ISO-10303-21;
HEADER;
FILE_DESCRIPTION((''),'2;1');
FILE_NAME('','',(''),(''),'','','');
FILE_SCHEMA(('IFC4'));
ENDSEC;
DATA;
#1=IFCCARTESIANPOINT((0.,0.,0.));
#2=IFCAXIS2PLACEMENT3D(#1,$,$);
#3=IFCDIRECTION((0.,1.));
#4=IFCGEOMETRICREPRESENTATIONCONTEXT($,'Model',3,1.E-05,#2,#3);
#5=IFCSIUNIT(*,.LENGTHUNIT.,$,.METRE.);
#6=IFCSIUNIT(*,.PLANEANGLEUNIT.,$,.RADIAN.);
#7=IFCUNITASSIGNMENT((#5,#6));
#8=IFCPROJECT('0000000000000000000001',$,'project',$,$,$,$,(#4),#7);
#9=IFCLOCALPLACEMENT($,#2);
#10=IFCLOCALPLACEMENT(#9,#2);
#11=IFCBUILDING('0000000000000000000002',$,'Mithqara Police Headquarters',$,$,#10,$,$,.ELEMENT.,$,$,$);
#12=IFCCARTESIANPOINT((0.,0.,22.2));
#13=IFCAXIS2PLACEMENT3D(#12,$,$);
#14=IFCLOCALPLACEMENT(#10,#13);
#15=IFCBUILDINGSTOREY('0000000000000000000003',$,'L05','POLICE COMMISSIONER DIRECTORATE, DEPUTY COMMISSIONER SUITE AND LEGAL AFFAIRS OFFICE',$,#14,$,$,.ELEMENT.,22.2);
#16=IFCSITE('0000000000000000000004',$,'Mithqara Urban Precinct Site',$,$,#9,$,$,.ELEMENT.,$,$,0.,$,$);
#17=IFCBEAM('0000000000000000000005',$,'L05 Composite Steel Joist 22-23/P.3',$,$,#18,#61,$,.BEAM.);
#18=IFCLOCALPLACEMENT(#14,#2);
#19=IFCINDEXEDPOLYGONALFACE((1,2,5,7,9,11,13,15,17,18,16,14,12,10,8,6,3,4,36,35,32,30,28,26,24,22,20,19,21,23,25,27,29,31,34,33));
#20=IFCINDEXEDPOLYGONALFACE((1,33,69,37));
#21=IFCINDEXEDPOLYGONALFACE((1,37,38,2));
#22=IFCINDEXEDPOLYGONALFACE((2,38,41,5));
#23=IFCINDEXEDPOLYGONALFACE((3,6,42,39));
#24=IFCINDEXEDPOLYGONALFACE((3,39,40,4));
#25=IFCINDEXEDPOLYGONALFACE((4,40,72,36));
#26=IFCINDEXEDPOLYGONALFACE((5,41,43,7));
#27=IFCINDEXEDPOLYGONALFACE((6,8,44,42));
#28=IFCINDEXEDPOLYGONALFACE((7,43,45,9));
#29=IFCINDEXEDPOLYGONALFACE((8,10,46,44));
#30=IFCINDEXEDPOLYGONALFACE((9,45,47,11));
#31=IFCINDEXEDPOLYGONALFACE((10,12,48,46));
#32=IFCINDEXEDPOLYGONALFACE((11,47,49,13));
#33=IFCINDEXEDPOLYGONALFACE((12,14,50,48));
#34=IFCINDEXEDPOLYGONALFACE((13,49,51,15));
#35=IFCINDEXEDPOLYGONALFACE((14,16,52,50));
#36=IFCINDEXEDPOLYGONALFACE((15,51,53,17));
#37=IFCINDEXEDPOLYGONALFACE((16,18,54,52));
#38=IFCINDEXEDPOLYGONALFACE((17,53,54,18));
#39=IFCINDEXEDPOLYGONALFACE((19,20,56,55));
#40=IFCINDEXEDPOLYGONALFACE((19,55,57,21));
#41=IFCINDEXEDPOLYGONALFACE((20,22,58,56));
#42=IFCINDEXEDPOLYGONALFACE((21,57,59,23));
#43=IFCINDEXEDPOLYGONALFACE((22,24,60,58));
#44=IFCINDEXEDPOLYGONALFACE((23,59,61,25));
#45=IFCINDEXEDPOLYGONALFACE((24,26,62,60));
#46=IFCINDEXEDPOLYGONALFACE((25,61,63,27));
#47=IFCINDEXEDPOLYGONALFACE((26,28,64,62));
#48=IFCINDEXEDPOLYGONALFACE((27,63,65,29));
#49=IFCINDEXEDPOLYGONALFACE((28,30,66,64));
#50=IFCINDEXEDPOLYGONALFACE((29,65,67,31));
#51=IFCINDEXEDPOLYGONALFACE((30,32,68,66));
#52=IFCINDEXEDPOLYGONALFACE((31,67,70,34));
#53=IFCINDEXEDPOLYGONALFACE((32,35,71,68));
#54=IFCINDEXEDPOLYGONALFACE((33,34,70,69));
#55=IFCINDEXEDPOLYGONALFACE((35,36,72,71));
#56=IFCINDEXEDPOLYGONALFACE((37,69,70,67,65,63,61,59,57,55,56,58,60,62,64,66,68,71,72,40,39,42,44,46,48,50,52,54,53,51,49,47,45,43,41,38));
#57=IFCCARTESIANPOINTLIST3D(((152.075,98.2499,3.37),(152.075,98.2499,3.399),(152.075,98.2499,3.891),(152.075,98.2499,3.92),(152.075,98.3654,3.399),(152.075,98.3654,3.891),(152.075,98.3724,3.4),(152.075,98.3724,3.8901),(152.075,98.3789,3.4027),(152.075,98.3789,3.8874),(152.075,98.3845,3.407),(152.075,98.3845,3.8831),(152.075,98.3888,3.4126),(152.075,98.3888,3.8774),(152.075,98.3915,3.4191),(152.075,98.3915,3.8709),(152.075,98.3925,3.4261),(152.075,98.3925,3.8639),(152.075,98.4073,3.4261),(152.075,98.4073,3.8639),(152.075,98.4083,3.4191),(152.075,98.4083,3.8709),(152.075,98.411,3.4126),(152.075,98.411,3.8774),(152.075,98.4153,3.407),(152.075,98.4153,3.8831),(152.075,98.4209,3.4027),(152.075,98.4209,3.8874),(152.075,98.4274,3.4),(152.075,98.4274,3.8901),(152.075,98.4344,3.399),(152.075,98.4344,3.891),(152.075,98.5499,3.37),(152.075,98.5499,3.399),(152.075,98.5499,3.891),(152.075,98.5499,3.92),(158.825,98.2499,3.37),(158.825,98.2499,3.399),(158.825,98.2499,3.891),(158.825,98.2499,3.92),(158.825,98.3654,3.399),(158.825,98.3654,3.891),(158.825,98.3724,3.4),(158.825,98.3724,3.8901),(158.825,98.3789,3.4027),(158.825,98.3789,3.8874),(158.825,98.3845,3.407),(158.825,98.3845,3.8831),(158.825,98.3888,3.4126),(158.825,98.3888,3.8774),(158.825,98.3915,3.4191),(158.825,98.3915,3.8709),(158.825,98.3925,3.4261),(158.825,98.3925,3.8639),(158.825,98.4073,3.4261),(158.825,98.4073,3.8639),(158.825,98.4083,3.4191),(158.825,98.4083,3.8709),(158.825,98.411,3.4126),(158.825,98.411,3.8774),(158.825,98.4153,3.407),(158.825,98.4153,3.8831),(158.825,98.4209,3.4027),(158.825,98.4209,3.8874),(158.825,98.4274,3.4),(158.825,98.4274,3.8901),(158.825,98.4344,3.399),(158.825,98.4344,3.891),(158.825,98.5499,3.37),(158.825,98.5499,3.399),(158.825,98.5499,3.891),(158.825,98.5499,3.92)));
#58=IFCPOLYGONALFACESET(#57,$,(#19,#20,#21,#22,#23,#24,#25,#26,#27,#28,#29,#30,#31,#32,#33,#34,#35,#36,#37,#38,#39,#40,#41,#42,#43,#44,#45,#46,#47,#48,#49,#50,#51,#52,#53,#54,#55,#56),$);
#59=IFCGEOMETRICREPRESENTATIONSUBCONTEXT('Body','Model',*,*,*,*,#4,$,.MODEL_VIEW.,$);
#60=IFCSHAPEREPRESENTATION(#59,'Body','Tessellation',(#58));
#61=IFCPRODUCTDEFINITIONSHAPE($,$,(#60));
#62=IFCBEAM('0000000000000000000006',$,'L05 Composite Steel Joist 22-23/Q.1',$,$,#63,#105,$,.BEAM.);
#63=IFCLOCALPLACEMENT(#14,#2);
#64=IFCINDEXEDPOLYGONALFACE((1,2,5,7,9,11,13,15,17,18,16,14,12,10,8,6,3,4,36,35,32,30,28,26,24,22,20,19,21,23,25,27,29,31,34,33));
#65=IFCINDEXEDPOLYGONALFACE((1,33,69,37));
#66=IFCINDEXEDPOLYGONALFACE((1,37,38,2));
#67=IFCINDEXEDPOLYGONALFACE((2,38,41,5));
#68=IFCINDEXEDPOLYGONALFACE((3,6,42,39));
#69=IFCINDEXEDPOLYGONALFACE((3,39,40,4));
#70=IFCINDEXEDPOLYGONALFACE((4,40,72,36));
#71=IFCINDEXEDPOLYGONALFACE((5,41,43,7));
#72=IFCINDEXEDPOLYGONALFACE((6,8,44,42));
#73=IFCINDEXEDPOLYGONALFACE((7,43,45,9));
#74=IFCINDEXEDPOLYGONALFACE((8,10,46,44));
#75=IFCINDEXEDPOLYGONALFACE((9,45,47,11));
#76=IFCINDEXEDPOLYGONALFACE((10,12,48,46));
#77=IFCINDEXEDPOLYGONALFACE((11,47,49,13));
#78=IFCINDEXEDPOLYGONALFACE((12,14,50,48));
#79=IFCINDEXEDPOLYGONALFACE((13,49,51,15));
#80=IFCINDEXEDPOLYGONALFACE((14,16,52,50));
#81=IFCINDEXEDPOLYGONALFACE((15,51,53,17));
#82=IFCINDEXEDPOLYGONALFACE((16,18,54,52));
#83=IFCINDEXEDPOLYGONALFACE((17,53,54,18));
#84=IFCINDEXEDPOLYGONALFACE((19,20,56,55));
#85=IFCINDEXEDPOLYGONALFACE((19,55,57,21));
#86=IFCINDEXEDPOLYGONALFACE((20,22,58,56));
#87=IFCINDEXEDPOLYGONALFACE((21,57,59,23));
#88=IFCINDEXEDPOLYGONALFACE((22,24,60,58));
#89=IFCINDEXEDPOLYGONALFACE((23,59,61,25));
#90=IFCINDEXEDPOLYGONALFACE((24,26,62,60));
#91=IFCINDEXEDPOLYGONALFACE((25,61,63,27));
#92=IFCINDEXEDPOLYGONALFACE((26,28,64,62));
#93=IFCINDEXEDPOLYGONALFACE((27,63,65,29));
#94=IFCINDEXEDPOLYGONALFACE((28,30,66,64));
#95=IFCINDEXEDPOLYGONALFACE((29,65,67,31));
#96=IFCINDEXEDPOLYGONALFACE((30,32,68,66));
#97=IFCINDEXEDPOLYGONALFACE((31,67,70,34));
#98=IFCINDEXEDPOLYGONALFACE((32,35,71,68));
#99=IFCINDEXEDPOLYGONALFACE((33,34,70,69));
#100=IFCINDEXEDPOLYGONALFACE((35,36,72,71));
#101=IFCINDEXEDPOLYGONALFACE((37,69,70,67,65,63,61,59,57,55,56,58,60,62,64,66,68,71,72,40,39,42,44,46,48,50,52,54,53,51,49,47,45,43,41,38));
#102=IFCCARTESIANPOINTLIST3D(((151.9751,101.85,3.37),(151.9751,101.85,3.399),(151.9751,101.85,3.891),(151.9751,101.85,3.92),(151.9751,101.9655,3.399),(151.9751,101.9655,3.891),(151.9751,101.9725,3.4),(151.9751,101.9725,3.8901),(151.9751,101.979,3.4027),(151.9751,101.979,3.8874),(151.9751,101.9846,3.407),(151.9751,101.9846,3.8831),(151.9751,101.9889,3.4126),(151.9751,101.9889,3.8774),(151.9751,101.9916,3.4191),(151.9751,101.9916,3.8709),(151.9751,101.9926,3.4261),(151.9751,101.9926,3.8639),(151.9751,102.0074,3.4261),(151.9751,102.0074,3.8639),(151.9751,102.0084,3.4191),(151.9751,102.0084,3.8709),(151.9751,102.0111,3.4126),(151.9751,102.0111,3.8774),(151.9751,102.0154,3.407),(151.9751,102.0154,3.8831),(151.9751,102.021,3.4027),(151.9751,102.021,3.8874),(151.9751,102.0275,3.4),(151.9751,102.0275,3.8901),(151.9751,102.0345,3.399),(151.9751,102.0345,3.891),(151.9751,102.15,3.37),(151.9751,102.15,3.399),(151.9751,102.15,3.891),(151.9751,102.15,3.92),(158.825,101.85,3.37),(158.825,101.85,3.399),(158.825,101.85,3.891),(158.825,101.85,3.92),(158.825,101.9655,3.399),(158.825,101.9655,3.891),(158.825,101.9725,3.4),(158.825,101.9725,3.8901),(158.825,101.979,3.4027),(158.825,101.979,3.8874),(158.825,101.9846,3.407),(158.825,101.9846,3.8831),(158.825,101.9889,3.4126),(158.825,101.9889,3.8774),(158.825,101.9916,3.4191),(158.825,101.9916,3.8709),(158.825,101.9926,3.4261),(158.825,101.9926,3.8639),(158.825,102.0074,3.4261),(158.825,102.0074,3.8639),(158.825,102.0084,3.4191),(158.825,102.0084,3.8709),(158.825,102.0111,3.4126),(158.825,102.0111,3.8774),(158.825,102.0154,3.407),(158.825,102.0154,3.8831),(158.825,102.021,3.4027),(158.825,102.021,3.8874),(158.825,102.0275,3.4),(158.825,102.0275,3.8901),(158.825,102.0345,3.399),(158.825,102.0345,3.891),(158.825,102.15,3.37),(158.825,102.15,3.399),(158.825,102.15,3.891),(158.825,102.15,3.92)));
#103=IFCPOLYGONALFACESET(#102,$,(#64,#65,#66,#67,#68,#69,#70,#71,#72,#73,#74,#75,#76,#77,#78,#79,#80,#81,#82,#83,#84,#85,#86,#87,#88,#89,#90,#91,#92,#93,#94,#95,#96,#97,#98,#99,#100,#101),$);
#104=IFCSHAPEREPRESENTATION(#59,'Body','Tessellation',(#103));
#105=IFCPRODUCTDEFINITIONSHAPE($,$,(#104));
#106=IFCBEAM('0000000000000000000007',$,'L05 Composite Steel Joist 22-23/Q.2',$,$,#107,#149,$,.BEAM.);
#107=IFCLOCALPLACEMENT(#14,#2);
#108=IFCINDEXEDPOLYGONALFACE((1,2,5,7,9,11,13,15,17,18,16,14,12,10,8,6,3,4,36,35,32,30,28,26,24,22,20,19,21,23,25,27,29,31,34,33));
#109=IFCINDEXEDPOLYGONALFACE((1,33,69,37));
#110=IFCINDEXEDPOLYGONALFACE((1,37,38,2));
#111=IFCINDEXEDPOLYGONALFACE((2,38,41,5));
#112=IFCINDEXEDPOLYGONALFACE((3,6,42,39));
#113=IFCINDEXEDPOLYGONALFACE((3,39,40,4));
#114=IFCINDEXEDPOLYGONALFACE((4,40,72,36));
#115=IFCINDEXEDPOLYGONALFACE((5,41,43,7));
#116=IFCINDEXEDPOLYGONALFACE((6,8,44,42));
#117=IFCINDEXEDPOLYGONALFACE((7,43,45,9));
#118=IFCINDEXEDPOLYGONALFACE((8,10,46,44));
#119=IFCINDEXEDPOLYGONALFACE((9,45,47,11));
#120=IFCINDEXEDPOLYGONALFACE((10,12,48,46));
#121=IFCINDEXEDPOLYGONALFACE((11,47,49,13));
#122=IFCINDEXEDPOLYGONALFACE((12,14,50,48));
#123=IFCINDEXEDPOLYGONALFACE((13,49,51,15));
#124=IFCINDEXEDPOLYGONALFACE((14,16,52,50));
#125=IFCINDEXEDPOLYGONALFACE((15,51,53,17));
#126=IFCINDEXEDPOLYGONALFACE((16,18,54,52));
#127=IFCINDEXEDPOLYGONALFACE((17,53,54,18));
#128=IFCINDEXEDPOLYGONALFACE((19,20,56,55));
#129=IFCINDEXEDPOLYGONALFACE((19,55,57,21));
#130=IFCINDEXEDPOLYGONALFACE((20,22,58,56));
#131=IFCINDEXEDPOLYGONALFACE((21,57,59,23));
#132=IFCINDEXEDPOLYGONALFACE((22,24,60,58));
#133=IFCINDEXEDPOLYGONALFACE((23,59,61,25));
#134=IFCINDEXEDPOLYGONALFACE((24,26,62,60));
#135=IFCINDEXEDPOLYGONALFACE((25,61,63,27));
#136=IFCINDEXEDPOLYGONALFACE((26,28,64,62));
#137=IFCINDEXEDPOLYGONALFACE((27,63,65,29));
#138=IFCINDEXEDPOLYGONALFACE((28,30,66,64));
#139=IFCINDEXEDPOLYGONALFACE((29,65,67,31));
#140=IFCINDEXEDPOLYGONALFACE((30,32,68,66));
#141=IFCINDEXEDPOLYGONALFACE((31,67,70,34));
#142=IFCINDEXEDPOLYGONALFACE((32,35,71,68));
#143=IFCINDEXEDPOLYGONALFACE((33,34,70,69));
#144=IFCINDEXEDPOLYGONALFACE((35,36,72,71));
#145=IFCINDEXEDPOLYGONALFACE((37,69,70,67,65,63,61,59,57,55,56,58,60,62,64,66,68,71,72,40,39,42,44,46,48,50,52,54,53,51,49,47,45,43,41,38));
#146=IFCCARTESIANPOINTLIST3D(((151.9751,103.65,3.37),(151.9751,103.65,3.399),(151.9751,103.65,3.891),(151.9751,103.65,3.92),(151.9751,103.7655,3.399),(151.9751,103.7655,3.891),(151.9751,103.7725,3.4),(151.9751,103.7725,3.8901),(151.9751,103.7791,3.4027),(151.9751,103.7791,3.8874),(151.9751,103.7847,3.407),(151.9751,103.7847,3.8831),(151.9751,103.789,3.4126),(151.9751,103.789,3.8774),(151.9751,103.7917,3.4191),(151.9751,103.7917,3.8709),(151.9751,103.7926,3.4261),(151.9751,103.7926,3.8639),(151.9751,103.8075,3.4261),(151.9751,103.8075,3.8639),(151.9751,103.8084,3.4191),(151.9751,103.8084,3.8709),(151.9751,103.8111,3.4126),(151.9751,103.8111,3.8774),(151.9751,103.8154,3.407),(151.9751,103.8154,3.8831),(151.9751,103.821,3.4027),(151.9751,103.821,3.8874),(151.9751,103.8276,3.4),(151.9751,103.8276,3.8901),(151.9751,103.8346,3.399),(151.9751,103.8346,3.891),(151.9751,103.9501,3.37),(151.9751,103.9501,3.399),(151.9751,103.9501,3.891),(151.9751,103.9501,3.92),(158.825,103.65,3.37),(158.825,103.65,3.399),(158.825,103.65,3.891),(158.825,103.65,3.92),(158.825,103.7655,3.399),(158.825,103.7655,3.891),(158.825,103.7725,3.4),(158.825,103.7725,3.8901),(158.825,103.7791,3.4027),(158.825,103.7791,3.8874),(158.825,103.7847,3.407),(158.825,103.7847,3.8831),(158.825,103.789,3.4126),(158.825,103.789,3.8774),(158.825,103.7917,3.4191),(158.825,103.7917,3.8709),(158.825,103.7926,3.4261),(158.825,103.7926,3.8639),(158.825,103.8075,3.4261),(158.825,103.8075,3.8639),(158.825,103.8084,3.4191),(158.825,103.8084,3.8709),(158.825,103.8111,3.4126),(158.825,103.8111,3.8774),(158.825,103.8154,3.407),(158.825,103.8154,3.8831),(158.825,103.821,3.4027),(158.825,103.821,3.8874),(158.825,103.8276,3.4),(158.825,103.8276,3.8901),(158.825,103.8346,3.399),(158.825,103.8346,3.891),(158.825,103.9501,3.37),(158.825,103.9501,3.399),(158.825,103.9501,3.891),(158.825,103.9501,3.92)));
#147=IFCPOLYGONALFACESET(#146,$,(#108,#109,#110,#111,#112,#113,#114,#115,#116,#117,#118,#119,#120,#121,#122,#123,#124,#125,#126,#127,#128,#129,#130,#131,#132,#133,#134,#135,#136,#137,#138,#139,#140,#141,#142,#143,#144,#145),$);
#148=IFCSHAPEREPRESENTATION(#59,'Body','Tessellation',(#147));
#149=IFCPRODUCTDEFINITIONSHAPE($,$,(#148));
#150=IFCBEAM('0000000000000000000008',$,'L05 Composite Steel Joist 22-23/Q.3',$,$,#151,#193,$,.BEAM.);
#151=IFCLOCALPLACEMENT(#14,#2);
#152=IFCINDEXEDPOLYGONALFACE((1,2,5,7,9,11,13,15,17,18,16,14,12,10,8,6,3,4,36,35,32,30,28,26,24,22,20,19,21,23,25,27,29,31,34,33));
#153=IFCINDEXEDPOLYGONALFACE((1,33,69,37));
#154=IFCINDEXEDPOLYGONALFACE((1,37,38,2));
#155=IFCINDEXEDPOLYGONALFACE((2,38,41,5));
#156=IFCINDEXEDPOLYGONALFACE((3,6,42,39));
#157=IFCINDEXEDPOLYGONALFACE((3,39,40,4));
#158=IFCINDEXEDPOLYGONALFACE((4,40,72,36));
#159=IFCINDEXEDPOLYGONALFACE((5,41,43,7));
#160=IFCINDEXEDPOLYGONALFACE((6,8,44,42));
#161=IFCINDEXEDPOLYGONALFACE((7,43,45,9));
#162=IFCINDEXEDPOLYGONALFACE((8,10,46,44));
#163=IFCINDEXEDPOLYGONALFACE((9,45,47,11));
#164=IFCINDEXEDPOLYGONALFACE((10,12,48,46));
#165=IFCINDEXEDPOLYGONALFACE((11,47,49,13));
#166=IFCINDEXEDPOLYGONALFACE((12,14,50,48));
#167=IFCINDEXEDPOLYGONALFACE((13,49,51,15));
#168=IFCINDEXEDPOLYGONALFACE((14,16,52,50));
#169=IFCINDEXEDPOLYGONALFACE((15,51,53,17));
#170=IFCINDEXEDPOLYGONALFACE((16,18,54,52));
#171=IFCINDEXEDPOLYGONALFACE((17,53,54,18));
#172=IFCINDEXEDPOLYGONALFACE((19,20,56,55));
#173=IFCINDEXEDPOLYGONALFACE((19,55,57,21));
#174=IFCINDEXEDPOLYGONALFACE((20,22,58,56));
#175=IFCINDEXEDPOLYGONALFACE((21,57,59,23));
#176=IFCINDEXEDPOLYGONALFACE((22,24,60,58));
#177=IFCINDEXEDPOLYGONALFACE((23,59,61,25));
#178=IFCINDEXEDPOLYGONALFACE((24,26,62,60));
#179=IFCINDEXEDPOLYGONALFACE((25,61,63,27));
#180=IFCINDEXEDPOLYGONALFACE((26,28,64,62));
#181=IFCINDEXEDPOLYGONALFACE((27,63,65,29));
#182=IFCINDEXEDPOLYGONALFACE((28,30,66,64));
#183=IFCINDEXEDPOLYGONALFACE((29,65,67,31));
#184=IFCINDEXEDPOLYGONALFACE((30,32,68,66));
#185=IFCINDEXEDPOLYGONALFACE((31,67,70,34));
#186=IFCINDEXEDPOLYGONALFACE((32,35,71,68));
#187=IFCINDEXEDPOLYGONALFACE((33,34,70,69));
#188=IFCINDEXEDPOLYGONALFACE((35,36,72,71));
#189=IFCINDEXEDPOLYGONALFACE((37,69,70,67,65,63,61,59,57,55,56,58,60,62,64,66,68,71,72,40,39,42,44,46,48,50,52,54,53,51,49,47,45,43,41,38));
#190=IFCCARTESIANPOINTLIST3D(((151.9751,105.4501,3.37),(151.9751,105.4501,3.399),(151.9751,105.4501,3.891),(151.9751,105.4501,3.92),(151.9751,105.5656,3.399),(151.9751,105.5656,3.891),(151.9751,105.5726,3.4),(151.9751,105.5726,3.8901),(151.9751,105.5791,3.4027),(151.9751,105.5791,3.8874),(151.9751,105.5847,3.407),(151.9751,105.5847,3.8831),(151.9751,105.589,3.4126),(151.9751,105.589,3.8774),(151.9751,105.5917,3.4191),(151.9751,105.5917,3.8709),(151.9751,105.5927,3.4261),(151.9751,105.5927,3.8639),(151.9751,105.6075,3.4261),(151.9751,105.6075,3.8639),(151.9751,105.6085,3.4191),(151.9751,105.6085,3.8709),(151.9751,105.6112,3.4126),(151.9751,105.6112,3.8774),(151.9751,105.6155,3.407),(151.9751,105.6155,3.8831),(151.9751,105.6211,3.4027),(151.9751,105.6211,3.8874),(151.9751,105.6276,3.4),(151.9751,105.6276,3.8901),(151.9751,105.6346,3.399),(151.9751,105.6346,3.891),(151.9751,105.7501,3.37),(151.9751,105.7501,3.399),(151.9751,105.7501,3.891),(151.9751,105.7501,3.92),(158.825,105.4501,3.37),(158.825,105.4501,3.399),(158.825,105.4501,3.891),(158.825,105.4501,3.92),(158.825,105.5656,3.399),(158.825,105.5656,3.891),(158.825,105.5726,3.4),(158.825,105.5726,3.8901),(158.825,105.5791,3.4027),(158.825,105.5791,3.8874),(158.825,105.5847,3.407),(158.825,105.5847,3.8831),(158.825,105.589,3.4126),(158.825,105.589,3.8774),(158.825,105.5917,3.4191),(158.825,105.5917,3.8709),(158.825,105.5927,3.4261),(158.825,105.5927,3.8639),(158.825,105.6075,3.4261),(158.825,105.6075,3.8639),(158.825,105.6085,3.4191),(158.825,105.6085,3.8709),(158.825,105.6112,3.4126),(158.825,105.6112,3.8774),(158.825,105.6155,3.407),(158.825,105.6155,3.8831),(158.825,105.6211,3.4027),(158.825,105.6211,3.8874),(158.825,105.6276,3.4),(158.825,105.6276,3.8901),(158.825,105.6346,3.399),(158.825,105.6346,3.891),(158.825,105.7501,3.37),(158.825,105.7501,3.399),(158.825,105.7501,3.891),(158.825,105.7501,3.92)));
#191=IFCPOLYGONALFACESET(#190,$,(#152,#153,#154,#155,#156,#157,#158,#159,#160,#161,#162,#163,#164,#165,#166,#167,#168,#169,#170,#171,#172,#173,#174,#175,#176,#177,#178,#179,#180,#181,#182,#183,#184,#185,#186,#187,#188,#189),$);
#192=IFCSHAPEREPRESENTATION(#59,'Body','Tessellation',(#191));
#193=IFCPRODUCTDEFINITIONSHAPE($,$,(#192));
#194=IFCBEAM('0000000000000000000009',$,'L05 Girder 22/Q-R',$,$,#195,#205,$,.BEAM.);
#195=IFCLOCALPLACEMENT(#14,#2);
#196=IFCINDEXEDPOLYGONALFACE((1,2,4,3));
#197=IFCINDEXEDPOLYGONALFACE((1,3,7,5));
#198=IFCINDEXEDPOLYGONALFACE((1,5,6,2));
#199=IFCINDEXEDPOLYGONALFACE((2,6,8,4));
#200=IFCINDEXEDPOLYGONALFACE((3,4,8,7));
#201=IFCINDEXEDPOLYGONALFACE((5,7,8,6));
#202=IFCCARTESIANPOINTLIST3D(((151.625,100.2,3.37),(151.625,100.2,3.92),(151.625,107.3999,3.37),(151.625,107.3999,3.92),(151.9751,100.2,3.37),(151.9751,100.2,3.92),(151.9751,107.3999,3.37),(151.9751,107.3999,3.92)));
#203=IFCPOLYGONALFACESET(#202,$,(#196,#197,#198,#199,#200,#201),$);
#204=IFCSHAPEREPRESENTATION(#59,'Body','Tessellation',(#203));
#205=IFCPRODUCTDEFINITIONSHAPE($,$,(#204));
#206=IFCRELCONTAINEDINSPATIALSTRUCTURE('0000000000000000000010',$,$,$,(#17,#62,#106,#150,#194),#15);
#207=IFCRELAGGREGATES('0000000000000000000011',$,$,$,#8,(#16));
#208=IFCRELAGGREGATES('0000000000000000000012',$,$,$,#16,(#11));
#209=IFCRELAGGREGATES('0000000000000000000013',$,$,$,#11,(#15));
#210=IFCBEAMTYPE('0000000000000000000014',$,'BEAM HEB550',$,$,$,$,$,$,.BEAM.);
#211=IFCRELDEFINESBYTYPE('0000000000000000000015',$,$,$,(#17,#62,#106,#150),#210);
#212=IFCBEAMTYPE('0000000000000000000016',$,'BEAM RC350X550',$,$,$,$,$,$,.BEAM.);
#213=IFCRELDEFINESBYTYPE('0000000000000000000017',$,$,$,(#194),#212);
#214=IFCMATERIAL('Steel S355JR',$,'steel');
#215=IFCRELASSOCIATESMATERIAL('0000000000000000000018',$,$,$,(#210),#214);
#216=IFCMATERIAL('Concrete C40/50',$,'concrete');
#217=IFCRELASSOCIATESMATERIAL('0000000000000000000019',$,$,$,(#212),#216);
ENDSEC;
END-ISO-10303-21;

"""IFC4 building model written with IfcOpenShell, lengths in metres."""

from ifc_helpers import new_model, si_unit, direction, frame, origin, origin_2d, place, context, subcontext, project, spatial, rectangle, i_section, extrude, material, material_profile, profile_set, type_object, element, save


model = new_model("IFC4")

# Units and contexts
model_context = context("Model", 3, precision=1e-05, world=origin(), true_north=direction((0.0, 1.0)))
body_context = subcontext(model_context, "Body", "Model", "MODEL_VIEW")
ifc_project = project(units=[si_unit("LENGTHUNIT", "METRE"), si_unit("PLANEANGLEUNIT", "RADIAN")], contexts=[model_context])

# Site, building, storey
site_placement = place(None, origin())
site = spatial("IfcSite", under=ifc_project, at=site_placement, Name="Mithqara Urban Precinct Site", CompositionType="ELEMENT", RefElevation=0.0)
building_placement = place(site_placement, origin())
building = spatial("IfcBuilding", under=site, at=building_placement, Name="Mithqara Police Headquarters", CompositionType="ELEMENT")
storey_placement = place(building_placement, frame((0.0, 0.0, 22.2)))
storey = spatial("IfcBuildingStorey", under=building, at=storey_placement, Name="L05", Description="POLICE COMMISSIONER DIRECTORATE, DEPUTY COMMISSIONER SUITE AND LEGAL AFFAIRS OFFICE", CompositionType="ELEMENT", Elevation=22.2)

# Beams
ifc_material_1 = material(Name="Steel S355JR", Category="steel")
ifc_material_profile_1 = material_profile(ifc_material_1, i_section(OverallWidth=0.3, OverallDepth=0.55, WebThickness=0.0149, FlangeThickness=0.0291, FilletRadius=0.0271, at=origin_2d()), Name="HEB 550")
ifc_profile_set_1 = profile_set([ifc_material_profile_1], Name="Steel S355JR")
beam_type_1 = type_object("IfcBeamType", Name="BEAM HEB550", PredefinedType="BEAM", material=ifc_profile_set_1)
for number, where, z_axis, x_axis, name in (
    (1, (152.075, 98.3999, 3.645), (1.0, 0.0, 0.0), (0.0, 1.0, 0.0), "L05 Composite Steel Joist 22-23/P.3"),
):
    element("IfcBeam", number, at=place(storey_placement, frame(where, z_axis=z_axis, x_axis=x_axis)), inside=storey, type_object=beam_type_1, Name=name, PredefinedType="BEAM", context=body_context, shape_type="SweptSolid", body=[
        extrude(i_section(OverallWidth=0.3, OverallDepth=0.55, WebThickness=0.0149, FlangeThickness=0.0291, FilletRadius=0.0271, at=origin_2d()), origin(), (0.0, 0.0, 1.0), 6.75),
    ])
for number, where, z_axis, x_axis, name in (
    (2, (151.9751, 102.0, 3.645), (1.0, 0.0, 0.0), (0.0, 1.0, 0.0), "L05 Composite Steel Joist 22-23/Q.1"),
    (3, (151.9751, 103.8, 3.645), (1.0, 0.0, 0.0), (0.0, 1.0, 0.0), "L05 Composite Steel Joist 22-23/Q.2"),
    (4, (151.9751, 105.6001, 3.645), (1.0, 0.0, 0.0), (0.0, 1.0, 0.0), "L05 Composite Steel Joist 22-23/Q.3"),
):
    element("IfcBeam", number, at=place(storey_placement, frame(where, z_axis=z_axis, x_axis=x_axis)), inside=storey, type_object=beam_type_1, Name=name, PredefinedType="BEAM", context=body_context, shape_type="SweptSolid", body=[
        extrude(i_section(OverallWidth=0.3, OverallDepth=0.55, WebThickness=0.0149, FlangeThickness=0.0291, FilletRadius=0.0271, at=origin_2d()), origin(), (0.0, 0.0, 1.0), 6.8499),
    ])
ifc_material_2 = material(Name="Concrete C40/50", Category="concrete")
ifc_material_profile_2 = material_profile(ifc_material_2, rectangle(XDim=0.3501, YDim=0.55, at=origin_2d()), Name="RC 350x550")
ifc_profile_set_2 = profile_set([ifc_material_profile_2], Name="Concrete C40/50")
beam_type_2 = type_object("IfcBeamType", Name="BEAM RC350X550", PredefinedType="BEAM", material=ifc_profile_set_2)
beam_1_placement = place(storey_placement, frame((151.8, 100.2, 3.645), z_axis=(0.0, 1.0, 0.0), x_axis=(-1.0, 0.0, 0.0)))
element("IfcBeam", 5, at=beam_1_placement, inside=storey, type_object=beam_type_2, Name="L05 Girder 22/Q-R", PredefinedType="BEAM", context=body_context, shape_type="SweptSolid", body=[
    extrude(rectangle(XDim=0.3501, YDim=0.55, at=origin_2d()), origin(), (0.0, 0.0, 1.0), 7.2),
])

save(model, "model.ifc")
